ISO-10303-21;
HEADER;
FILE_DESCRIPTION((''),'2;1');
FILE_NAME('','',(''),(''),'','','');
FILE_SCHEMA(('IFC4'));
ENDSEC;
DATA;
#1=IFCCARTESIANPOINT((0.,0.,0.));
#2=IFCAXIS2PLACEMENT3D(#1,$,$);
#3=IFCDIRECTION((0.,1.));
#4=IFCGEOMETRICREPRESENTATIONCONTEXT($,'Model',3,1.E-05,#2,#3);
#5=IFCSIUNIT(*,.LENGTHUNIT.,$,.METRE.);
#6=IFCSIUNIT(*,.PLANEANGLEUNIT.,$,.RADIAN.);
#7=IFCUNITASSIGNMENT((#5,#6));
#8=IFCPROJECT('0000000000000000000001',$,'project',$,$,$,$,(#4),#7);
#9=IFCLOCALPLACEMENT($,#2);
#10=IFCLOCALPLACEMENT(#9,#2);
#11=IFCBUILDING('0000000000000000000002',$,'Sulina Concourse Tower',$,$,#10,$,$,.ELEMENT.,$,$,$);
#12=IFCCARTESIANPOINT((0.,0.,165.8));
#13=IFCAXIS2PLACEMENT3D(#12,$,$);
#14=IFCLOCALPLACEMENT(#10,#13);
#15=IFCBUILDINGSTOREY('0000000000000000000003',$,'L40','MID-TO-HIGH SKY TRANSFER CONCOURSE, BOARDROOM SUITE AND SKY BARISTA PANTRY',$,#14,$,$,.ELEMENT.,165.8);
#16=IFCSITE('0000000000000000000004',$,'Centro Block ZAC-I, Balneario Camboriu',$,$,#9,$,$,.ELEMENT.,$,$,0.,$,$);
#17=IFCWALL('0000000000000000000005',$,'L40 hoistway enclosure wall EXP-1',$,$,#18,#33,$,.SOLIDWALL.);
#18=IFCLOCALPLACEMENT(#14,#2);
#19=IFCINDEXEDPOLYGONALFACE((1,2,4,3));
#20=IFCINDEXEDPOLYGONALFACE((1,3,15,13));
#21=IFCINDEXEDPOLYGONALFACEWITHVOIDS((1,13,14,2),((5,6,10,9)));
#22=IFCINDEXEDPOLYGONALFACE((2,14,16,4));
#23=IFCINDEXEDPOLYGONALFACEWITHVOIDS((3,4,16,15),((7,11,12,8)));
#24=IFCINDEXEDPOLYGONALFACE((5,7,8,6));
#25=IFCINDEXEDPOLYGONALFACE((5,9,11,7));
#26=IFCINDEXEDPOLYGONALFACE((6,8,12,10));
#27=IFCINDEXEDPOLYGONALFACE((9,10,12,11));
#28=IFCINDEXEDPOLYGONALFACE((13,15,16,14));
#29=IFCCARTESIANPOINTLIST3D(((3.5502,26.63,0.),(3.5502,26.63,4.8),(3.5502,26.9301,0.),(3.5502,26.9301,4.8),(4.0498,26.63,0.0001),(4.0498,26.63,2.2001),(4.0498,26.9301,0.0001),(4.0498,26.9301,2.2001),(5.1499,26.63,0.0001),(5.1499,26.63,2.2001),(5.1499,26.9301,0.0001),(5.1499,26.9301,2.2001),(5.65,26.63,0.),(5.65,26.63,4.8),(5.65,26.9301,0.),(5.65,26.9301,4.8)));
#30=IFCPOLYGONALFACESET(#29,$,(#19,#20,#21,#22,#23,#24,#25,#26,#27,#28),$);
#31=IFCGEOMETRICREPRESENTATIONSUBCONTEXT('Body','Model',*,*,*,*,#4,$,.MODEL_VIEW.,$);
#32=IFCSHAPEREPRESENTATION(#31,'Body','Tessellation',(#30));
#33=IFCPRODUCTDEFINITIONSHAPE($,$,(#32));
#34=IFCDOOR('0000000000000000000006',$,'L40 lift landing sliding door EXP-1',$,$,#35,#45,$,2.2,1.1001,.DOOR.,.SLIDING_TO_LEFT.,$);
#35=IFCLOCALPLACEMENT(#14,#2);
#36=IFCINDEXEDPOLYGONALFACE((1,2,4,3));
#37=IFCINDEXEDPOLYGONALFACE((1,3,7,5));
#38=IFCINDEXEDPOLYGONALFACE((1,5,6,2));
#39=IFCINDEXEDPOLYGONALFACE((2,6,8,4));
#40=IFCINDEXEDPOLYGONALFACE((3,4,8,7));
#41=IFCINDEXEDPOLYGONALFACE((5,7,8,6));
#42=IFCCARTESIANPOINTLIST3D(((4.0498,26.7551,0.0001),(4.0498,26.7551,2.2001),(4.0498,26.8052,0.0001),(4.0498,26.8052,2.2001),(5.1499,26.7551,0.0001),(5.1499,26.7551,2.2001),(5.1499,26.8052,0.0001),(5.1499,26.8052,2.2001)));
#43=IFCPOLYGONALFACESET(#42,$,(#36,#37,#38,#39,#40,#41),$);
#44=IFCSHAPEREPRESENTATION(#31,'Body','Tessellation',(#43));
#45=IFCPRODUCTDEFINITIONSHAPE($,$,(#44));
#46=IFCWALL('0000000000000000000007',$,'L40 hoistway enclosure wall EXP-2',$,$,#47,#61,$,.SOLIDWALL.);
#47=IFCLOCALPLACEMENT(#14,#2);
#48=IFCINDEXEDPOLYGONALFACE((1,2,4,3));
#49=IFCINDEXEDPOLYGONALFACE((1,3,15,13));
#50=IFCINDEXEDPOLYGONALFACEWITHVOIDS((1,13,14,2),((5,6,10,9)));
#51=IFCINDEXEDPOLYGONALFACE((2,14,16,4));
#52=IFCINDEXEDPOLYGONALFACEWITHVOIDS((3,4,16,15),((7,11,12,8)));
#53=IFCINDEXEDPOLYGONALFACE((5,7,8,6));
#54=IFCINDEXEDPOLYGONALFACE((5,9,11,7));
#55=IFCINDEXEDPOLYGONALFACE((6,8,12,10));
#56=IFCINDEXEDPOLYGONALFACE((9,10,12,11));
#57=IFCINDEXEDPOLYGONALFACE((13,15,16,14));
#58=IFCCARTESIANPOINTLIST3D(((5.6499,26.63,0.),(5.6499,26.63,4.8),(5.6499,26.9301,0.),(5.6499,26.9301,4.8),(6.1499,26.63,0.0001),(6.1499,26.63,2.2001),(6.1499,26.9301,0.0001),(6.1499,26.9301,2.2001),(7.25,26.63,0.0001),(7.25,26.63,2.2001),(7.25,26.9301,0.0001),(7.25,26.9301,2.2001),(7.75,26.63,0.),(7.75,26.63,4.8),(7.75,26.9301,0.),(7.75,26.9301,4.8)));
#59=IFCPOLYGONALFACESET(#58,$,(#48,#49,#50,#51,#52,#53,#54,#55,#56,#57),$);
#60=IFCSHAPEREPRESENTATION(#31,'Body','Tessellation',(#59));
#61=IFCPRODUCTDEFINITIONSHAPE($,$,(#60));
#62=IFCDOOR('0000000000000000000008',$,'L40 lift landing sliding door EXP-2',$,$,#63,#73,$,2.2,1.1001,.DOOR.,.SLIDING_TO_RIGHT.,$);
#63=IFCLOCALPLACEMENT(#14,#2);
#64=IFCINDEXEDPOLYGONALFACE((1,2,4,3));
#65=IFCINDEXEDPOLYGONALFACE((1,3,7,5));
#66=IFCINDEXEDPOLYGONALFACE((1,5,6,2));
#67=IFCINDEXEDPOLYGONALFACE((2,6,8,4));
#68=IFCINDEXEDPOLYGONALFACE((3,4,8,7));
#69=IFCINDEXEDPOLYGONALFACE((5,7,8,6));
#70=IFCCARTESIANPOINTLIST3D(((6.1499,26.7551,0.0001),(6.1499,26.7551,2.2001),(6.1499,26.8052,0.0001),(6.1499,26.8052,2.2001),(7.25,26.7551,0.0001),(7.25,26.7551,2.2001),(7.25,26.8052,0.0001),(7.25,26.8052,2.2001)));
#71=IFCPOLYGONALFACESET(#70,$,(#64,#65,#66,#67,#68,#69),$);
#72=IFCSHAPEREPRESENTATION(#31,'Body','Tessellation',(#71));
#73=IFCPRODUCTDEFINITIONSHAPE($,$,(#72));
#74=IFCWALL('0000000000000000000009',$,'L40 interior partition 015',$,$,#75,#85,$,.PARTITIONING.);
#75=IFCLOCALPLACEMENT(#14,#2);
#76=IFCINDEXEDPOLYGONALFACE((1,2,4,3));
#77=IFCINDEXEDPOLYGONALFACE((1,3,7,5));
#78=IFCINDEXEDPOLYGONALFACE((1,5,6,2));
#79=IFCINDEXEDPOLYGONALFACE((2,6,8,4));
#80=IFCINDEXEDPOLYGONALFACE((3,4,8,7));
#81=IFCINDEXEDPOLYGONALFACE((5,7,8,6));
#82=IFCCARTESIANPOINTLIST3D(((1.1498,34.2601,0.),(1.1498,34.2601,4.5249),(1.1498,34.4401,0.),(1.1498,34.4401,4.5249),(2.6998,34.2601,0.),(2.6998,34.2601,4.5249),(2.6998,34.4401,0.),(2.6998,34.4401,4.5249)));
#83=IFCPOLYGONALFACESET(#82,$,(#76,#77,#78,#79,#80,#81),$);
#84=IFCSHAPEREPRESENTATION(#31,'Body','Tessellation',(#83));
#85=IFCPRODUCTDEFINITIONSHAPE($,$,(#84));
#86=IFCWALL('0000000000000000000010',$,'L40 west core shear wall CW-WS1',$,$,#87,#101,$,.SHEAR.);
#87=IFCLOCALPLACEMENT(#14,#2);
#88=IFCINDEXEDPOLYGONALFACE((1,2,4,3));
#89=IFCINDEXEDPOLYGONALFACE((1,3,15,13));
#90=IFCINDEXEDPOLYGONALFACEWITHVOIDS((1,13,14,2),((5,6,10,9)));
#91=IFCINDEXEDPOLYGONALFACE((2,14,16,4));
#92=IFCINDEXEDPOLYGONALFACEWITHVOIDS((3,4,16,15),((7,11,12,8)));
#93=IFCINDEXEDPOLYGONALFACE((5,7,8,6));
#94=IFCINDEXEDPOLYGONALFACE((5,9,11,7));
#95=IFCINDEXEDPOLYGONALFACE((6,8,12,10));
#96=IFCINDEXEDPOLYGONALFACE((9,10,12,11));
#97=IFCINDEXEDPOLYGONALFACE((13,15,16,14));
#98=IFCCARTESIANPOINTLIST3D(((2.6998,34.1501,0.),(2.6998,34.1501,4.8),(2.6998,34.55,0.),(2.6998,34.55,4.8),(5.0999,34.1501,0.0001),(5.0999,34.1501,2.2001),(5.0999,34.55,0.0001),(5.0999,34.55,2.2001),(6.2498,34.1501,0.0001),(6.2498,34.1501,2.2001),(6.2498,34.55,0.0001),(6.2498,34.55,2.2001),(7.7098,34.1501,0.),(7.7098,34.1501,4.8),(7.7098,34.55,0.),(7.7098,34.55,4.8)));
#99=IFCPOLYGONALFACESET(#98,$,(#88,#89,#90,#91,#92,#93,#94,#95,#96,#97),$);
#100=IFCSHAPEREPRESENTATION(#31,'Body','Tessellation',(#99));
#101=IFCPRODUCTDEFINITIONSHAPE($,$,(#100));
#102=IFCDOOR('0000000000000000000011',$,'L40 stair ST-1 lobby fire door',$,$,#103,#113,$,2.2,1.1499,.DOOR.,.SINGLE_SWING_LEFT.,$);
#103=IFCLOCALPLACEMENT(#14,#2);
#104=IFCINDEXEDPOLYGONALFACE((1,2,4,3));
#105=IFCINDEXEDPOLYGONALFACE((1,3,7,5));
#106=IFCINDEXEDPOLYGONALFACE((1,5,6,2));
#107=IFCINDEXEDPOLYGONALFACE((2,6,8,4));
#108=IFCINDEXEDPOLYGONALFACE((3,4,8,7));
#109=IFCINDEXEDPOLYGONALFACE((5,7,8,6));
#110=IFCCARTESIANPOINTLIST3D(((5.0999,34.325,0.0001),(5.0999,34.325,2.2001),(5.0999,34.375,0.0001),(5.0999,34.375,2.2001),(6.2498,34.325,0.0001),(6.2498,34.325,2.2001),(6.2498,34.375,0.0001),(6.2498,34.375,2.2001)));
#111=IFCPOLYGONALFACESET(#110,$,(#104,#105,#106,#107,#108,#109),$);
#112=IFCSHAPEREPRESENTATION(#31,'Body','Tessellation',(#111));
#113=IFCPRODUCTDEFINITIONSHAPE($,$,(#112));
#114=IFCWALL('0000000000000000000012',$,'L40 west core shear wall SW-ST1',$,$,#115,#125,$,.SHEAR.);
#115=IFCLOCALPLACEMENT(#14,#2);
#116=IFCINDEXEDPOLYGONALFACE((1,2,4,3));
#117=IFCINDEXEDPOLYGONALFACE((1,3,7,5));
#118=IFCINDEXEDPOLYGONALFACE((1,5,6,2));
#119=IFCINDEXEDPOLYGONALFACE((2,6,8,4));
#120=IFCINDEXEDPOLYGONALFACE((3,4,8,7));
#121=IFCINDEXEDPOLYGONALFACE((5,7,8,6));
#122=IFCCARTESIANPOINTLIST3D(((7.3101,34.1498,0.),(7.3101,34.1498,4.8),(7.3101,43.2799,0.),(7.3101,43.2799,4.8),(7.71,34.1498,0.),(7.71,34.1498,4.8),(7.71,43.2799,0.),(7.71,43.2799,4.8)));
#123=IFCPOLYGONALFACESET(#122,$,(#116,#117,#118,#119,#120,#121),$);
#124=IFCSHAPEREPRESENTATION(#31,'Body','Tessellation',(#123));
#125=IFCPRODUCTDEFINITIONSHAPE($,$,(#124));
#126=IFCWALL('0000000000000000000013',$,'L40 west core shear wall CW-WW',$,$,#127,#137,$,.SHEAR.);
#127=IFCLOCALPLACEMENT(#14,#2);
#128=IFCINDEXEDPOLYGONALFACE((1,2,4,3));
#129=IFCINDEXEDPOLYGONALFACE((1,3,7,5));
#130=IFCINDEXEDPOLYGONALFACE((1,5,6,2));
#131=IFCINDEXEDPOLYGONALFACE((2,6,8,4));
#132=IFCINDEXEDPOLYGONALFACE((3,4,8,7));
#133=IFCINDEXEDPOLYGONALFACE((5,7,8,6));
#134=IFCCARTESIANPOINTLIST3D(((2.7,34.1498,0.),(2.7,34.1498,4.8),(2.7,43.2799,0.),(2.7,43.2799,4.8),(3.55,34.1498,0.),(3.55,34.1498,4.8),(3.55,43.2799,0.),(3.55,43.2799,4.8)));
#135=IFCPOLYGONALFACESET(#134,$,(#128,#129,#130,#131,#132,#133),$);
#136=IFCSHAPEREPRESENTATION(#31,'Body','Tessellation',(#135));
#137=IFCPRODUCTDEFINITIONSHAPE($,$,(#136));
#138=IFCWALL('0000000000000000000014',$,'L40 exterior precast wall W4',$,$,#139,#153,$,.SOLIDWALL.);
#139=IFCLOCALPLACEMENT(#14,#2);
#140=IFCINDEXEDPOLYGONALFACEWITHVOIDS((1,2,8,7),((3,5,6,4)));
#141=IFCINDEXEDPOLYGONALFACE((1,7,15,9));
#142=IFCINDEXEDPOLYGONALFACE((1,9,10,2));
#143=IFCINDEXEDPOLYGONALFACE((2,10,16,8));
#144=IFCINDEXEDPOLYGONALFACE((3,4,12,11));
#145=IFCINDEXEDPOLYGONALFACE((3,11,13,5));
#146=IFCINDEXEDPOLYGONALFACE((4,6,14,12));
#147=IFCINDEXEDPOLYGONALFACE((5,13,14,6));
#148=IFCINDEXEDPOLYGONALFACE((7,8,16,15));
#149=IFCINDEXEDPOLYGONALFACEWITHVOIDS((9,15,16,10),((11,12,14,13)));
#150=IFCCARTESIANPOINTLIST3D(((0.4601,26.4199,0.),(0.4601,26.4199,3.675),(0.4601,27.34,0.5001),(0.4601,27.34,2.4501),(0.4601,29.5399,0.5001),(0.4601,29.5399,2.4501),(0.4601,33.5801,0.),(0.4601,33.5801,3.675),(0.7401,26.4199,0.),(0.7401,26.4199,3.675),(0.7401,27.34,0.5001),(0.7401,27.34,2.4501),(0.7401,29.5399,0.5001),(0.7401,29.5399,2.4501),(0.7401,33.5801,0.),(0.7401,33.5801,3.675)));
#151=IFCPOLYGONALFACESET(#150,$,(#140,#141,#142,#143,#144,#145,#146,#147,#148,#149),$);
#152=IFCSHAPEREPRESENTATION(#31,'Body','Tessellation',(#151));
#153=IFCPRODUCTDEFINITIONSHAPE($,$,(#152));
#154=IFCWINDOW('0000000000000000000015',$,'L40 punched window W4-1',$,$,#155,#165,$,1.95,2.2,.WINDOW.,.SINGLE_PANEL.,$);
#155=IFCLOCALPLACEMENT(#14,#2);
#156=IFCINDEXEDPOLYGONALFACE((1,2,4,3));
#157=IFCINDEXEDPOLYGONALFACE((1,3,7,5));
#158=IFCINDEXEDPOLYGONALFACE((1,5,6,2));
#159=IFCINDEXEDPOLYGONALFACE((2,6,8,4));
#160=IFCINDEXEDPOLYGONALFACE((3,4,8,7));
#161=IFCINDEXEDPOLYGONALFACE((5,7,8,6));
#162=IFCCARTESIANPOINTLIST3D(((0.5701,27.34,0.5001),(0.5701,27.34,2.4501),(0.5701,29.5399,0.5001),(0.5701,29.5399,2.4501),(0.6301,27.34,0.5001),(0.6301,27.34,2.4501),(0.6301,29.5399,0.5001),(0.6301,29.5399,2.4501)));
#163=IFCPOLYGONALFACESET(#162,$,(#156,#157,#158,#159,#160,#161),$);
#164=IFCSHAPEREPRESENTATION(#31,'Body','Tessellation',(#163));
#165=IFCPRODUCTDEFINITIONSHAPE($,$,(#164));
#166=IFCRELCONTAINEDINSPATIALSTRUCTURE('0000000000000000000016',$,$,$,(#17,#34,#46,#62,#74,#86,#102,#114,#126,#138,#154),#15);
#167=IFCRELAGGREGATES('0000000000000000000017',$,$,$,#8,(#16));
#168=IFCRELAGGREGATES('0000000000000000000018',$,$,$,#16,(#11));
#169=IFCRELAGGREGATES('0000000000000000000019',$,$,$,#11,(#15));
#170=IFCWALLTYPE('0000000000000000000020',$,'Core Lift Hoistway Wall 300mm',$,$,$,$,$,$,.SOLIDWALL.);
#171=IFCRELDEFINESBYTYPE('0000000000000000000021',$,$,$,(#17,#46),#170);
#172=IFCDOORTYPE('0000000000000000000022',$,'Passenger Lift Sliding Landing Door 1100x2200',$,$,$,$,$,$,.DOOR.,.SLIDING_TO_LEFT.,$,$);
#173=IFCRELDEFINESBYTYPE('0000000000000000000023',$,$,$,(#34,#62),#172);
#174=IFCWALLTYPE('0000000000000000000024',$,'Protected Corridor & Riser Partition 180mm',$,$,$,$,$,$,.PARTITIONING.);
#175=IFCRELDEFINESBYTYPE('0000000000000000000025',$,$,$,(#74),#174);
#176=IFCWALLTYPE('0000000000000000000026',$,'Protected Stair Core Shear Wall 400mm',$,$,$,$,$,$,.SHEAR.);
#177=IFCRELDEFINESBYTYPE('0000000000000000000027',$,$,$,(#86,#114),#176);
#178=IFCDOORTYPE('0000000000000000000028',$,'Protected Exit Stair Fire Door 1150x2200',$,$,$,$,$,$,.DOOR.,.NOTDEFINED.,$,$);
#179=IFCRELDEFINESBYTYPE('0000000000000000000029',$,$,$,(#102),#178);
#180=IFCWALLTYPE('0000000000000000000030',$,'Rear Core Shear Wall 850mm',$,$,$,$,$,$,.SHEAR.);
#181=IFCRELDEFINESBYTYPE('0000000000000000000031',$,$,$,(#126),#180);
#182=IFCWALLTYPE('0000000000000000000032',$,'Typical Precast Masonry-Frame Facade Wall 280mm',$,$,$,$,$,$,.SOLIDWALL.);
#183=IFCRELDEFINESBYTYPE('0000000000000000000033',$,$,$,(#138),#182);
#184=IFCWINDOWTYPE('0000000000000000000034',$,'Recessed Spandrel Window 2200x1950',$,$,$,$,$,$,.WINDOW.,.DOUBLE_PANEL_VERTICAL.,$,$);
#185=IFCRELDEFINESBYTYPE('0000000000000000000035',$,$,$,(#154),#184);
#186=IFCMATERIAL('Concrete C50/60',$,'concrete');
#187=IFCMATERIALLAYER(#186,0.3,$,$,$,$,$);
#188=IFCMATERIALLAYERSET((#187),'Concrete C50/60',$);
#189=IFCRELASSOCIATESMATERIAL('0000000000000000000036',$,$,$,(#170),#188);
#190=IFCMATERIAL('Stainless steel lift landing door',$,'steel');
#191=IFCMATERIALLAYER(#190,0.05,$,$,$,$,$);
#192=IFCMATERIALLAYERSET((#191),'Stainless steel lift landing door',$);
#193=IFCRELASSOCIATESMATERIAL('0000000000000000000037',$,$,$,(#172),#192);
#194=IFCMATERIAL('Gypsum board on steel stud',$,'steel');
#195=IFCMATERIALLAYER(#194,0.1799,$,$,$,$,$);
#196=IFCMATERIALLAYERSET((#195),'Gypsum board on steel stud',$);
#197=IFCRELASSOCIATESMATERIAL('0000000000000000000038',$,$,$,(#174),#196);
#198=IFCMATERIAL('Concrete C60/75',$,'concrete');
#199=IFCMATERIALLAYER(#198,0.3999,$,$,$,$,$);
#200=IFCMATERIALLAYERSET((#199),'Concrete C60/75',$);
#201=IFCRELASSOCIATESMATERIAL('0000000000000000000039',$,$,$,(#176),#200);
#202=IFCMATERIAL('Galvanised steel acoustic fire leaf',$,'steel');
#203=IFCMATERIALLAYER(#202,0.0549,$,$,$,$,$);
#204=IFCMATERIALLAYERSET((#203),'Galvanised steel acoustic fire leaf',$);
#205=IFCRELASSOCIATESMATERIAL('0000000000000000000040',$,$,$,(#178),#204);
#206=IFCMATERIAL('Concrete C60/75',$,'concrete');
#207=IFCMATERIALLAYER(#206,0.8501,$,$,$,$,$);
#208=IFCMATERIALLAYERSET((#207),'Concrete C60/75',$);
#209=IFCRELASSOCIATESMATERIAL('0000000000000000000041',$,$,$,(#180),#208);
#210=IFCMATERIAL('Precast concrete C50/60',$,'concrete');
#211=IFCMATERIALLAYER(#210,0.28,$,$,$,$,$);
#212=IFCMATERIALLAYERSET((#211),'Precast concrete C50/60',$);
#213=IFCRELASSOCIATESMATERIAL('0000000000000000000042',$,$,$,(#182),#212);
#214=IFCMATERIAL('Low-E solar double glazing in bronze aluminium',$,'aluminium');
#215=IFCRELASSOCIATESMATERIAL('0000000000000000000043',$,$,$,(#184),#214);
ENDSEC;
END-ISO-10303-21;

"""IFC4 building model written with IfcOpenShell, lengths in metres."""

from ifc_helpers import new_model, si_unit, direction, frame, frame_2d, origin, place, context, subcontext, project, spatial, rectangle, extrude, material, layer, layer_set, type_object, element, fill, save


model = new_model("IFC4")

# Units and contexts
model_context = context("Model", 3, precision=1e-05, world=origin(), true_north=direction((0.0, 1.0)))
body_context = subcontext(model_context, "Body", "Model", "MODEL_VIEW")
ifc_project = project(units=[si_unit("LENGTHUNIT", "METRE"), si_unit("PLANEANGLEUNIT", "RADIAN")], contexts=[model_context])

# Site, building, storey
site_placement = place(None, origin())
site = spatial("IfcSite", under=ifc_project, at=site_placement, Name="Centro Block ZAC-I, Balneario Camboriu", CompositionType="ELEMENT", RefElevation=0.0)
building_placement = place(site_placement, origin())
building = spatial("IfcBuilding", under=site, at=building_placement, Name="Sulina Concourse Tower", CompositionType="ELEMENT")
storey_placement = place(building_placement, frame((0.0, 0.0, 165.8)))
storey = spatial("IfcBuildingStorey", under=building, at=storey_placement, Name="L40", Description="MID-TO-HIGH SKY TRANSFER CONCOURSE, BOARDROOM SUITE AND SKY BARISTA PANTRY", CompositionType="ELEMENT", Elevation=165.8)

# Walls, openings, doors
ifc_material_1 = material(Name="Concrete C50/60", Category="concrete")
ifc_layer_1 = layer(ifc_material_1, 0.3)
ifc_layer_set_1 = layer_set([ifc_layer_1], Name="Concrete C50/60")
wall_type_1 = type_object("IfcWallType", Name="Core Lift Hoistway Wall 300mm", PredefinedType="SOLIDWALL", material=ifc_layer_set_1)
ifc_material_2 = material(Name="Stainless steel lift landing door", Category="steel")
ifc_layer_2 = layer(ifc_material_2, 0.05)
ifc_layer_set_2 = layer_set([ifc_layer_2], Name="Stainless steel lift landing door")
door_type_1 = type_object("IfcDoorType", Name="Passenger Lift Sliding Landing Door 1100x2200", OperationType="SLIDING_TO_LEFT", PredefinedType="DOOR", material=ifc_layer_set_2)
wall_1_placement = place(storey_placement, frame((5.6499, 26.78, 0.0), z_axis=(0.0, 0.0, 1.0), x_axis=(-1.0, 0.0, 0.0)))
wall_1 = element("IfcWall", 1, at=wall_1_placement, inside=storey, type_object=wall_type_1, Name="L40 hoistway enclosure wall EXP-1", PredefinedType="SOLIDWALL", context=body_context, shape_type="SweptSolid", body=[
    extrude(rectangle(XDim=2.0999, YDim=0.3, at=frame_2d((1.0498, 0.0))), origin(), (0.0, 0.0, 1.0), 4.8),
])
opening_1_placement = place(wall_1_placement, frame((0.5, 0.0, 0.0)))
opening_1 = element("IfcOpeningElement", 2, at=opening_1_placement, cuts=wall_1, PredefinedType="OPENING", context=body_context, shape_type="SweptSolid", body=[
    extrude(rectangle(XDim=1.1001, YDim=2.2, at=frame_2d((0.55, 1.1001))), frame((0.0, 0.1599, 0.0), z_axis=(0.0, -1.0, 0.0), x_axis=(1.0, 0.0, 0.0)), (0.0, 0.0, 1.0), 0.3201),
])
door_1_placement = place(opening_1_placement, origin())
door_1 = element("IfcDoor", 3, at=door_1_placement, inside=storey, type_object=door_type_1, Name="L40 lift landing sliding door EXP-1", OperationType="SLIDING_TO_LEFT", OverallHeight=2.2, OverallWidth=1.1001, PredefinedType="DOOR", context=body_context, shape_type="SweptSolid", body=[
    extrude(rectangle(XDim=1.1001, YDim=2.2, at=frame_2d((0.55, 1.1001))), frame((0.0, 0.0249, 0.0), z_axis=(0.0, -1.0, 0.0), x_axis=(1.0, 0.0, 0.0)), (0.0, 0.0, 1.0), 0.05),
])
fill(opening_1, door_1)
wall_2_placement = place(storey_placement, frame((7.75, 26.78, 0.0), z_axis=(0.0, 0.0, 1.0), x_axis=(-1.0, 0.0, 0.0)))
wall_2 = element("IfcWall", 4, at=wall_2_placement, inside=storey, type_object=wall_type_1, Name="L40 hoistway enclosure wall EXP-2", PredefinedType="SOLIDWALL", context=body_context, shape_type="SweptSolid", body=[
    extrude(rectangle(XDim=2.1001, YDim=0.3, at=frame_2d((1.05, 0.0))), origin(), (0.0, 0.0, 1.0), 4.8),
])
opening_2_placement = place(wall_2_placement, frame((0.5, 0.0, 0.0)))
opening_2 = element("IfcOpeningElement", 5, at=opening_2_placement, cuts=wall_2, PredefinedType="OPENING", context=body_context, shape_type="SweptSolid", body=[
    extrude(rectangle(XDim=1.1001, YDim=2.2, at=frame_2d((0.55, 1.1001))), frame((0.0, 0.1599, 0.0), z_axis=(0.0, -1.0, 0.0), x_axis=(1.0, 0.0, 0.0)), (0.0, 0.0, 1.0), 0.3201),
])
door_2_placement = place(opening_2_placement, origin())
door_2 = element("IfcDoor", 6, at=door_2_placement, inside=storey, type_object=door_type_1, Name="L40 lift landing sliding door EXP-2", OperationType="SLIDING_TO_RIGHT", OverallHeight=2.2, OverallWidth=1.1001, PredefinedType="DOOR", context=body_context, shape_type="SweptSolid", body=[
    extrude(rectangle(XDim=1.1001, YDim=2.2, at=frame_2d((0.55, 1.1001))), frame((0.0, 0.0249, 0.0), z_axis=(0.0, -1.0, 0.0), x_axis=(1.0, 0.0, 0.0)), (0.0, 0.0, 1.0), 0.05),
])
fill(opening_2, door_2)

# Wall
ifc_material_3 = material(Name="Gypsum board on steel stud", Category="steel")
ifc_layer_3 = layer(ifc_material_3, 0.1799)
ifc_layer_set_3 = layer_set([ifc_layer_3], Name="Gypsum board on steel stud")
wall_type_2 = type_object("IfcWallType", Name="Protected Corridor & Riser Partition 180mm", PredefinedType="PARTITIONING", material=ifc_layer_set_3)
wall_3_placement = place(storey_placement, frame((1.1499, 34.3501, 0.0), z_axis=(0.0, 0.0, 1.0), x_axis=(1.0, 0.0, 0.0)))
element("IfcWall", 7, at=wall_3_placement, inside=storey, type_object=wall_type_2, Name="L40 interior partition 015", PredefinedType="PARTITIONING", context=body_context, shape_type="SweptSolid", body=[
    extrude(rectangle(XDim=1.55, YDim=0.1799, at=frame_2d((0.7749, 0.0))), origin(), (0.0, 0.0, 1.0), 4.5249),
])

# Wall, opening, door
ifc_material_4 = material(Name="Concrete C60/75", Category="concrete")
ifc_layer_4 = layer(ifc_material_4, 0.3999)
ifc_layer_set_4 = layer_set([ifc_layer_4], Name="Concrete C60/75")
wall_type_3 = type_object("IfcWallType", Name="Protected Stair Core Shear Wall 400mm", PredefinedType="SHEAR", material=ifc_layer_set_4)
wall_4_placement = place(storey_placement, frame((2.7, 34.3501, 0.0), z_axis=(0.0, 0.0, 1.0), x_axis=(1.0, 0.0, 0.0)))
wall_4 = element("IfcWall", 8, at=wall_4_placement, inside=storey, type_object=wall_type_3, Name="L40 west core shear wall CW-WS1", PredefinedType="SHEAR", context=body_context, shape_type="SweptSolid", body=[
    extrude(rectangle(XDim=5.01, YDim=0.3999, at=frame_2d((2.5049, 0.0))), origin(), (0.0, 0.0, 1.0), 4.8),
])
opening_3_placement = place(wall_4_placement, frame((2.3999, 0.0, 0.0)))
opening_3 = element("IfcOpeningElement", 9, at=opening_3_placement, cuts=wall_4, PredefinedType="OPENING", context=body_context, shape_type="SweptSolid", body=[
    extrude(rectangle(XDim=1.1499, YDim=2.2, at=frame_2d((0.575, 1.1001))), frame((0.0, 0.21, 0.0), z_axis=(0.0, -1.0, 0.0), x_axis=(1.0, 0.0, 0.0)), (0.0, 0.0, 1.0), 0.4199),
])
ifc_material_5 = material(Name="Galvanised steel acoustic fire leaf", Category="steel")
ifc_layer_5 = layer(ifc_material_5, 0.0549)
ifc_layer_set_5 = layer_set([ifc_layer_5], Name="Galvanised steel acoustic fire leaf")
door_type_2 = type_object("IfcDoorType", Name="Protected Exit Stair Fire Door 1150x2200", OperationType="NOTDEFINED", PredefinedType="DOOR", material=ifc_layer_set_5)
door_3_placement = place(opening_3_placement, origin())
door_3 = element("IfcDoor", 10, at=door_3_placement, inside=storey, type_object=door_type_2, Name="L40 stair ST-1 lobby fire door", OperationType="SINGLE_SWING_LEFT", OverallHeight=2.2, OverallWidth=1.1499, PredefinedType="DOOR", context=body_context, shape_type="SweptSolid", body=[
    extrude(rectangle(XDim=1.1499, YDim=2.2, at=frame_2d((0.575, 1.1001))), frame((0.0, 0.0249, 0.0), z_axis=(0.0, -1.0, 0.0), x_axis=(1.0, 0.0, 0.0)), (0.0, 0.0, 1.0), 0.05),
])
fill(opening_3, door_3)

# Walls
wall_5_placement = place(storey_placement, frame((7.51, 34.1499, 0.0), z_axis=(0.0, 0.0, 1.0), x_axis=(0.0, 1.0, 0.0)))
element("IfcWall", 11, at=wall_5_placement, inside=storey, type_object=wall_type_3, Name="L40 west core shear wall SW-ST1", PredefinedType="SHEAR", context=body_context, shape_type="SweptSolid", body=[
    extrude(rectangle(XDim=9.1301, YDim=0.3999, at=frame_2d((4.5649, 0.0))), origin(), (0.0, 0.0, 1.0), 4.8),
])
ifc_material_6 = material(Name="Concrete C60/75", Category="concrete")
ifc_layer_6 = layer(ifc_material_6, 0.8501)
ifc_layer_set_6 = layer_set([ifc_layer_6], Name="Concrete C60/75")
wall_type_4 = type_object("IfcWallType", Name="Rear Core Shear Wall 850mm", PredefinedType="SHEAR", material=ifc_layer_set_6)
wall_6_placement = place(storey_placement, frame((3.125, 34.1499, 0.0), z_axis=(0.0, 0.0, 1.0), x_axis=(0.0, 1.0, 0.0)))
element("IfcWall", 12, at=wall_6_placement, inside=storey, type_object=wall_type_4, Name="L40 west core shear wall CW-WW", PredefinedType="SHEAR", context=body_context, shape_type="SweptSolid", body=[
    extrude(rectangle(XDim=9.1301, YDim=0.8501, at=frame_2d((4.5649, 0.0))), origin(), (0.0, 0.0, 1.0), 4.8),
])

# Wall, opening, window
ifc_material_7 = material(Name="Precast concrete C50/60", Category="concrete")
ifc_layer_7 = layer(ifc_material_7, 0.28)
ifc_layer_set_7 = layer_set([ifc_layer_7], Name="Precast concrete C50/60")
wall_type_5 = type_object("IfcWallType", Name="Typical Precast Masonry-Frame Facade Wall 280mm", PredefinedType="SOLIDWALL", material=ifc_layer_set_7)
wall_7_placement = place(storey_placement, frame((0.6001, 26.4199, 0.0), z_axis=(0.0, 0.0, 1.0), x_axis=(0.0, 1.0, 0.0)))
wall_7 = element("IfcWall", 13, at=wall_7_placement, inside=storey, type_object=wall_type_5, Name="L40 exterior precast wall W4", PredefinedType="SOLIDWALL", context=body_context, shape_type="SweptSolid", body=[
    extrude(rectangle(XDim=7.1602, YDim=0.28, at=frame_2d((3.5801, 0.0))), origin(), (0.0, 0.0, 1.0), 3.675),
])
opening_4_placement = place(wall_7_placement, frame((0.9199, 0.0, 0.5)))
opening_4 = element("IfcOpeningElement", 14, at=opening_4_placement, cuts=wall_7, PredefinedType="OPENING", context=body_context, shape_type="SweptSolid", body=[
    extrude(rectangle(XDim=2.2, YDim=1.95, at=frame_2d((1.1001, 0.9751))), frame((0.0, 0.1499, 0.0), z_axis=(0.0, -1.0, 0.0), x_axis=(1.0, 0.0, 0.0)), (0.0, 0.0, 1.0), 0.3),
])
ifc_material_8 = material(Name="Low-E solar double glazing in bronze aluminium", Category="aluminium")
window_type = type_object("IfcWindowType", Name="Recessed Spandrel Window 2200x1950", PartitioningType="DOUBLE_PANEL_VERTICAL", PredefinedType="WINDOW", material=ifc_material_8)
window_placement = place(opening_4_placement, origin())
window = element("IfcWindow", 15, at=window_placement, inside=storey, type_object=window_type, Name="L40 punched window W4-1", OverallHeight=1.95, OverallWidth=2.2, PartitioningType="SINGLE_PANEL", PredefinedType="WINDOW", context=body_context, shape_type="SweptSolid", body=[
    extrude(rectangle(XDim=2.2, YDim=1.95, at=frame_2d((1.1001, 0.9751))), frame((0.0, 0.03, 0.0), z_axis=(0.0, -1.0, 0.0), x_axis=(1.0, 0.0, 0.0)), (0.0, 0.0, 1.0), 0.0601),
])
fill(opening_4, window)

save(model, "model.ifc")
